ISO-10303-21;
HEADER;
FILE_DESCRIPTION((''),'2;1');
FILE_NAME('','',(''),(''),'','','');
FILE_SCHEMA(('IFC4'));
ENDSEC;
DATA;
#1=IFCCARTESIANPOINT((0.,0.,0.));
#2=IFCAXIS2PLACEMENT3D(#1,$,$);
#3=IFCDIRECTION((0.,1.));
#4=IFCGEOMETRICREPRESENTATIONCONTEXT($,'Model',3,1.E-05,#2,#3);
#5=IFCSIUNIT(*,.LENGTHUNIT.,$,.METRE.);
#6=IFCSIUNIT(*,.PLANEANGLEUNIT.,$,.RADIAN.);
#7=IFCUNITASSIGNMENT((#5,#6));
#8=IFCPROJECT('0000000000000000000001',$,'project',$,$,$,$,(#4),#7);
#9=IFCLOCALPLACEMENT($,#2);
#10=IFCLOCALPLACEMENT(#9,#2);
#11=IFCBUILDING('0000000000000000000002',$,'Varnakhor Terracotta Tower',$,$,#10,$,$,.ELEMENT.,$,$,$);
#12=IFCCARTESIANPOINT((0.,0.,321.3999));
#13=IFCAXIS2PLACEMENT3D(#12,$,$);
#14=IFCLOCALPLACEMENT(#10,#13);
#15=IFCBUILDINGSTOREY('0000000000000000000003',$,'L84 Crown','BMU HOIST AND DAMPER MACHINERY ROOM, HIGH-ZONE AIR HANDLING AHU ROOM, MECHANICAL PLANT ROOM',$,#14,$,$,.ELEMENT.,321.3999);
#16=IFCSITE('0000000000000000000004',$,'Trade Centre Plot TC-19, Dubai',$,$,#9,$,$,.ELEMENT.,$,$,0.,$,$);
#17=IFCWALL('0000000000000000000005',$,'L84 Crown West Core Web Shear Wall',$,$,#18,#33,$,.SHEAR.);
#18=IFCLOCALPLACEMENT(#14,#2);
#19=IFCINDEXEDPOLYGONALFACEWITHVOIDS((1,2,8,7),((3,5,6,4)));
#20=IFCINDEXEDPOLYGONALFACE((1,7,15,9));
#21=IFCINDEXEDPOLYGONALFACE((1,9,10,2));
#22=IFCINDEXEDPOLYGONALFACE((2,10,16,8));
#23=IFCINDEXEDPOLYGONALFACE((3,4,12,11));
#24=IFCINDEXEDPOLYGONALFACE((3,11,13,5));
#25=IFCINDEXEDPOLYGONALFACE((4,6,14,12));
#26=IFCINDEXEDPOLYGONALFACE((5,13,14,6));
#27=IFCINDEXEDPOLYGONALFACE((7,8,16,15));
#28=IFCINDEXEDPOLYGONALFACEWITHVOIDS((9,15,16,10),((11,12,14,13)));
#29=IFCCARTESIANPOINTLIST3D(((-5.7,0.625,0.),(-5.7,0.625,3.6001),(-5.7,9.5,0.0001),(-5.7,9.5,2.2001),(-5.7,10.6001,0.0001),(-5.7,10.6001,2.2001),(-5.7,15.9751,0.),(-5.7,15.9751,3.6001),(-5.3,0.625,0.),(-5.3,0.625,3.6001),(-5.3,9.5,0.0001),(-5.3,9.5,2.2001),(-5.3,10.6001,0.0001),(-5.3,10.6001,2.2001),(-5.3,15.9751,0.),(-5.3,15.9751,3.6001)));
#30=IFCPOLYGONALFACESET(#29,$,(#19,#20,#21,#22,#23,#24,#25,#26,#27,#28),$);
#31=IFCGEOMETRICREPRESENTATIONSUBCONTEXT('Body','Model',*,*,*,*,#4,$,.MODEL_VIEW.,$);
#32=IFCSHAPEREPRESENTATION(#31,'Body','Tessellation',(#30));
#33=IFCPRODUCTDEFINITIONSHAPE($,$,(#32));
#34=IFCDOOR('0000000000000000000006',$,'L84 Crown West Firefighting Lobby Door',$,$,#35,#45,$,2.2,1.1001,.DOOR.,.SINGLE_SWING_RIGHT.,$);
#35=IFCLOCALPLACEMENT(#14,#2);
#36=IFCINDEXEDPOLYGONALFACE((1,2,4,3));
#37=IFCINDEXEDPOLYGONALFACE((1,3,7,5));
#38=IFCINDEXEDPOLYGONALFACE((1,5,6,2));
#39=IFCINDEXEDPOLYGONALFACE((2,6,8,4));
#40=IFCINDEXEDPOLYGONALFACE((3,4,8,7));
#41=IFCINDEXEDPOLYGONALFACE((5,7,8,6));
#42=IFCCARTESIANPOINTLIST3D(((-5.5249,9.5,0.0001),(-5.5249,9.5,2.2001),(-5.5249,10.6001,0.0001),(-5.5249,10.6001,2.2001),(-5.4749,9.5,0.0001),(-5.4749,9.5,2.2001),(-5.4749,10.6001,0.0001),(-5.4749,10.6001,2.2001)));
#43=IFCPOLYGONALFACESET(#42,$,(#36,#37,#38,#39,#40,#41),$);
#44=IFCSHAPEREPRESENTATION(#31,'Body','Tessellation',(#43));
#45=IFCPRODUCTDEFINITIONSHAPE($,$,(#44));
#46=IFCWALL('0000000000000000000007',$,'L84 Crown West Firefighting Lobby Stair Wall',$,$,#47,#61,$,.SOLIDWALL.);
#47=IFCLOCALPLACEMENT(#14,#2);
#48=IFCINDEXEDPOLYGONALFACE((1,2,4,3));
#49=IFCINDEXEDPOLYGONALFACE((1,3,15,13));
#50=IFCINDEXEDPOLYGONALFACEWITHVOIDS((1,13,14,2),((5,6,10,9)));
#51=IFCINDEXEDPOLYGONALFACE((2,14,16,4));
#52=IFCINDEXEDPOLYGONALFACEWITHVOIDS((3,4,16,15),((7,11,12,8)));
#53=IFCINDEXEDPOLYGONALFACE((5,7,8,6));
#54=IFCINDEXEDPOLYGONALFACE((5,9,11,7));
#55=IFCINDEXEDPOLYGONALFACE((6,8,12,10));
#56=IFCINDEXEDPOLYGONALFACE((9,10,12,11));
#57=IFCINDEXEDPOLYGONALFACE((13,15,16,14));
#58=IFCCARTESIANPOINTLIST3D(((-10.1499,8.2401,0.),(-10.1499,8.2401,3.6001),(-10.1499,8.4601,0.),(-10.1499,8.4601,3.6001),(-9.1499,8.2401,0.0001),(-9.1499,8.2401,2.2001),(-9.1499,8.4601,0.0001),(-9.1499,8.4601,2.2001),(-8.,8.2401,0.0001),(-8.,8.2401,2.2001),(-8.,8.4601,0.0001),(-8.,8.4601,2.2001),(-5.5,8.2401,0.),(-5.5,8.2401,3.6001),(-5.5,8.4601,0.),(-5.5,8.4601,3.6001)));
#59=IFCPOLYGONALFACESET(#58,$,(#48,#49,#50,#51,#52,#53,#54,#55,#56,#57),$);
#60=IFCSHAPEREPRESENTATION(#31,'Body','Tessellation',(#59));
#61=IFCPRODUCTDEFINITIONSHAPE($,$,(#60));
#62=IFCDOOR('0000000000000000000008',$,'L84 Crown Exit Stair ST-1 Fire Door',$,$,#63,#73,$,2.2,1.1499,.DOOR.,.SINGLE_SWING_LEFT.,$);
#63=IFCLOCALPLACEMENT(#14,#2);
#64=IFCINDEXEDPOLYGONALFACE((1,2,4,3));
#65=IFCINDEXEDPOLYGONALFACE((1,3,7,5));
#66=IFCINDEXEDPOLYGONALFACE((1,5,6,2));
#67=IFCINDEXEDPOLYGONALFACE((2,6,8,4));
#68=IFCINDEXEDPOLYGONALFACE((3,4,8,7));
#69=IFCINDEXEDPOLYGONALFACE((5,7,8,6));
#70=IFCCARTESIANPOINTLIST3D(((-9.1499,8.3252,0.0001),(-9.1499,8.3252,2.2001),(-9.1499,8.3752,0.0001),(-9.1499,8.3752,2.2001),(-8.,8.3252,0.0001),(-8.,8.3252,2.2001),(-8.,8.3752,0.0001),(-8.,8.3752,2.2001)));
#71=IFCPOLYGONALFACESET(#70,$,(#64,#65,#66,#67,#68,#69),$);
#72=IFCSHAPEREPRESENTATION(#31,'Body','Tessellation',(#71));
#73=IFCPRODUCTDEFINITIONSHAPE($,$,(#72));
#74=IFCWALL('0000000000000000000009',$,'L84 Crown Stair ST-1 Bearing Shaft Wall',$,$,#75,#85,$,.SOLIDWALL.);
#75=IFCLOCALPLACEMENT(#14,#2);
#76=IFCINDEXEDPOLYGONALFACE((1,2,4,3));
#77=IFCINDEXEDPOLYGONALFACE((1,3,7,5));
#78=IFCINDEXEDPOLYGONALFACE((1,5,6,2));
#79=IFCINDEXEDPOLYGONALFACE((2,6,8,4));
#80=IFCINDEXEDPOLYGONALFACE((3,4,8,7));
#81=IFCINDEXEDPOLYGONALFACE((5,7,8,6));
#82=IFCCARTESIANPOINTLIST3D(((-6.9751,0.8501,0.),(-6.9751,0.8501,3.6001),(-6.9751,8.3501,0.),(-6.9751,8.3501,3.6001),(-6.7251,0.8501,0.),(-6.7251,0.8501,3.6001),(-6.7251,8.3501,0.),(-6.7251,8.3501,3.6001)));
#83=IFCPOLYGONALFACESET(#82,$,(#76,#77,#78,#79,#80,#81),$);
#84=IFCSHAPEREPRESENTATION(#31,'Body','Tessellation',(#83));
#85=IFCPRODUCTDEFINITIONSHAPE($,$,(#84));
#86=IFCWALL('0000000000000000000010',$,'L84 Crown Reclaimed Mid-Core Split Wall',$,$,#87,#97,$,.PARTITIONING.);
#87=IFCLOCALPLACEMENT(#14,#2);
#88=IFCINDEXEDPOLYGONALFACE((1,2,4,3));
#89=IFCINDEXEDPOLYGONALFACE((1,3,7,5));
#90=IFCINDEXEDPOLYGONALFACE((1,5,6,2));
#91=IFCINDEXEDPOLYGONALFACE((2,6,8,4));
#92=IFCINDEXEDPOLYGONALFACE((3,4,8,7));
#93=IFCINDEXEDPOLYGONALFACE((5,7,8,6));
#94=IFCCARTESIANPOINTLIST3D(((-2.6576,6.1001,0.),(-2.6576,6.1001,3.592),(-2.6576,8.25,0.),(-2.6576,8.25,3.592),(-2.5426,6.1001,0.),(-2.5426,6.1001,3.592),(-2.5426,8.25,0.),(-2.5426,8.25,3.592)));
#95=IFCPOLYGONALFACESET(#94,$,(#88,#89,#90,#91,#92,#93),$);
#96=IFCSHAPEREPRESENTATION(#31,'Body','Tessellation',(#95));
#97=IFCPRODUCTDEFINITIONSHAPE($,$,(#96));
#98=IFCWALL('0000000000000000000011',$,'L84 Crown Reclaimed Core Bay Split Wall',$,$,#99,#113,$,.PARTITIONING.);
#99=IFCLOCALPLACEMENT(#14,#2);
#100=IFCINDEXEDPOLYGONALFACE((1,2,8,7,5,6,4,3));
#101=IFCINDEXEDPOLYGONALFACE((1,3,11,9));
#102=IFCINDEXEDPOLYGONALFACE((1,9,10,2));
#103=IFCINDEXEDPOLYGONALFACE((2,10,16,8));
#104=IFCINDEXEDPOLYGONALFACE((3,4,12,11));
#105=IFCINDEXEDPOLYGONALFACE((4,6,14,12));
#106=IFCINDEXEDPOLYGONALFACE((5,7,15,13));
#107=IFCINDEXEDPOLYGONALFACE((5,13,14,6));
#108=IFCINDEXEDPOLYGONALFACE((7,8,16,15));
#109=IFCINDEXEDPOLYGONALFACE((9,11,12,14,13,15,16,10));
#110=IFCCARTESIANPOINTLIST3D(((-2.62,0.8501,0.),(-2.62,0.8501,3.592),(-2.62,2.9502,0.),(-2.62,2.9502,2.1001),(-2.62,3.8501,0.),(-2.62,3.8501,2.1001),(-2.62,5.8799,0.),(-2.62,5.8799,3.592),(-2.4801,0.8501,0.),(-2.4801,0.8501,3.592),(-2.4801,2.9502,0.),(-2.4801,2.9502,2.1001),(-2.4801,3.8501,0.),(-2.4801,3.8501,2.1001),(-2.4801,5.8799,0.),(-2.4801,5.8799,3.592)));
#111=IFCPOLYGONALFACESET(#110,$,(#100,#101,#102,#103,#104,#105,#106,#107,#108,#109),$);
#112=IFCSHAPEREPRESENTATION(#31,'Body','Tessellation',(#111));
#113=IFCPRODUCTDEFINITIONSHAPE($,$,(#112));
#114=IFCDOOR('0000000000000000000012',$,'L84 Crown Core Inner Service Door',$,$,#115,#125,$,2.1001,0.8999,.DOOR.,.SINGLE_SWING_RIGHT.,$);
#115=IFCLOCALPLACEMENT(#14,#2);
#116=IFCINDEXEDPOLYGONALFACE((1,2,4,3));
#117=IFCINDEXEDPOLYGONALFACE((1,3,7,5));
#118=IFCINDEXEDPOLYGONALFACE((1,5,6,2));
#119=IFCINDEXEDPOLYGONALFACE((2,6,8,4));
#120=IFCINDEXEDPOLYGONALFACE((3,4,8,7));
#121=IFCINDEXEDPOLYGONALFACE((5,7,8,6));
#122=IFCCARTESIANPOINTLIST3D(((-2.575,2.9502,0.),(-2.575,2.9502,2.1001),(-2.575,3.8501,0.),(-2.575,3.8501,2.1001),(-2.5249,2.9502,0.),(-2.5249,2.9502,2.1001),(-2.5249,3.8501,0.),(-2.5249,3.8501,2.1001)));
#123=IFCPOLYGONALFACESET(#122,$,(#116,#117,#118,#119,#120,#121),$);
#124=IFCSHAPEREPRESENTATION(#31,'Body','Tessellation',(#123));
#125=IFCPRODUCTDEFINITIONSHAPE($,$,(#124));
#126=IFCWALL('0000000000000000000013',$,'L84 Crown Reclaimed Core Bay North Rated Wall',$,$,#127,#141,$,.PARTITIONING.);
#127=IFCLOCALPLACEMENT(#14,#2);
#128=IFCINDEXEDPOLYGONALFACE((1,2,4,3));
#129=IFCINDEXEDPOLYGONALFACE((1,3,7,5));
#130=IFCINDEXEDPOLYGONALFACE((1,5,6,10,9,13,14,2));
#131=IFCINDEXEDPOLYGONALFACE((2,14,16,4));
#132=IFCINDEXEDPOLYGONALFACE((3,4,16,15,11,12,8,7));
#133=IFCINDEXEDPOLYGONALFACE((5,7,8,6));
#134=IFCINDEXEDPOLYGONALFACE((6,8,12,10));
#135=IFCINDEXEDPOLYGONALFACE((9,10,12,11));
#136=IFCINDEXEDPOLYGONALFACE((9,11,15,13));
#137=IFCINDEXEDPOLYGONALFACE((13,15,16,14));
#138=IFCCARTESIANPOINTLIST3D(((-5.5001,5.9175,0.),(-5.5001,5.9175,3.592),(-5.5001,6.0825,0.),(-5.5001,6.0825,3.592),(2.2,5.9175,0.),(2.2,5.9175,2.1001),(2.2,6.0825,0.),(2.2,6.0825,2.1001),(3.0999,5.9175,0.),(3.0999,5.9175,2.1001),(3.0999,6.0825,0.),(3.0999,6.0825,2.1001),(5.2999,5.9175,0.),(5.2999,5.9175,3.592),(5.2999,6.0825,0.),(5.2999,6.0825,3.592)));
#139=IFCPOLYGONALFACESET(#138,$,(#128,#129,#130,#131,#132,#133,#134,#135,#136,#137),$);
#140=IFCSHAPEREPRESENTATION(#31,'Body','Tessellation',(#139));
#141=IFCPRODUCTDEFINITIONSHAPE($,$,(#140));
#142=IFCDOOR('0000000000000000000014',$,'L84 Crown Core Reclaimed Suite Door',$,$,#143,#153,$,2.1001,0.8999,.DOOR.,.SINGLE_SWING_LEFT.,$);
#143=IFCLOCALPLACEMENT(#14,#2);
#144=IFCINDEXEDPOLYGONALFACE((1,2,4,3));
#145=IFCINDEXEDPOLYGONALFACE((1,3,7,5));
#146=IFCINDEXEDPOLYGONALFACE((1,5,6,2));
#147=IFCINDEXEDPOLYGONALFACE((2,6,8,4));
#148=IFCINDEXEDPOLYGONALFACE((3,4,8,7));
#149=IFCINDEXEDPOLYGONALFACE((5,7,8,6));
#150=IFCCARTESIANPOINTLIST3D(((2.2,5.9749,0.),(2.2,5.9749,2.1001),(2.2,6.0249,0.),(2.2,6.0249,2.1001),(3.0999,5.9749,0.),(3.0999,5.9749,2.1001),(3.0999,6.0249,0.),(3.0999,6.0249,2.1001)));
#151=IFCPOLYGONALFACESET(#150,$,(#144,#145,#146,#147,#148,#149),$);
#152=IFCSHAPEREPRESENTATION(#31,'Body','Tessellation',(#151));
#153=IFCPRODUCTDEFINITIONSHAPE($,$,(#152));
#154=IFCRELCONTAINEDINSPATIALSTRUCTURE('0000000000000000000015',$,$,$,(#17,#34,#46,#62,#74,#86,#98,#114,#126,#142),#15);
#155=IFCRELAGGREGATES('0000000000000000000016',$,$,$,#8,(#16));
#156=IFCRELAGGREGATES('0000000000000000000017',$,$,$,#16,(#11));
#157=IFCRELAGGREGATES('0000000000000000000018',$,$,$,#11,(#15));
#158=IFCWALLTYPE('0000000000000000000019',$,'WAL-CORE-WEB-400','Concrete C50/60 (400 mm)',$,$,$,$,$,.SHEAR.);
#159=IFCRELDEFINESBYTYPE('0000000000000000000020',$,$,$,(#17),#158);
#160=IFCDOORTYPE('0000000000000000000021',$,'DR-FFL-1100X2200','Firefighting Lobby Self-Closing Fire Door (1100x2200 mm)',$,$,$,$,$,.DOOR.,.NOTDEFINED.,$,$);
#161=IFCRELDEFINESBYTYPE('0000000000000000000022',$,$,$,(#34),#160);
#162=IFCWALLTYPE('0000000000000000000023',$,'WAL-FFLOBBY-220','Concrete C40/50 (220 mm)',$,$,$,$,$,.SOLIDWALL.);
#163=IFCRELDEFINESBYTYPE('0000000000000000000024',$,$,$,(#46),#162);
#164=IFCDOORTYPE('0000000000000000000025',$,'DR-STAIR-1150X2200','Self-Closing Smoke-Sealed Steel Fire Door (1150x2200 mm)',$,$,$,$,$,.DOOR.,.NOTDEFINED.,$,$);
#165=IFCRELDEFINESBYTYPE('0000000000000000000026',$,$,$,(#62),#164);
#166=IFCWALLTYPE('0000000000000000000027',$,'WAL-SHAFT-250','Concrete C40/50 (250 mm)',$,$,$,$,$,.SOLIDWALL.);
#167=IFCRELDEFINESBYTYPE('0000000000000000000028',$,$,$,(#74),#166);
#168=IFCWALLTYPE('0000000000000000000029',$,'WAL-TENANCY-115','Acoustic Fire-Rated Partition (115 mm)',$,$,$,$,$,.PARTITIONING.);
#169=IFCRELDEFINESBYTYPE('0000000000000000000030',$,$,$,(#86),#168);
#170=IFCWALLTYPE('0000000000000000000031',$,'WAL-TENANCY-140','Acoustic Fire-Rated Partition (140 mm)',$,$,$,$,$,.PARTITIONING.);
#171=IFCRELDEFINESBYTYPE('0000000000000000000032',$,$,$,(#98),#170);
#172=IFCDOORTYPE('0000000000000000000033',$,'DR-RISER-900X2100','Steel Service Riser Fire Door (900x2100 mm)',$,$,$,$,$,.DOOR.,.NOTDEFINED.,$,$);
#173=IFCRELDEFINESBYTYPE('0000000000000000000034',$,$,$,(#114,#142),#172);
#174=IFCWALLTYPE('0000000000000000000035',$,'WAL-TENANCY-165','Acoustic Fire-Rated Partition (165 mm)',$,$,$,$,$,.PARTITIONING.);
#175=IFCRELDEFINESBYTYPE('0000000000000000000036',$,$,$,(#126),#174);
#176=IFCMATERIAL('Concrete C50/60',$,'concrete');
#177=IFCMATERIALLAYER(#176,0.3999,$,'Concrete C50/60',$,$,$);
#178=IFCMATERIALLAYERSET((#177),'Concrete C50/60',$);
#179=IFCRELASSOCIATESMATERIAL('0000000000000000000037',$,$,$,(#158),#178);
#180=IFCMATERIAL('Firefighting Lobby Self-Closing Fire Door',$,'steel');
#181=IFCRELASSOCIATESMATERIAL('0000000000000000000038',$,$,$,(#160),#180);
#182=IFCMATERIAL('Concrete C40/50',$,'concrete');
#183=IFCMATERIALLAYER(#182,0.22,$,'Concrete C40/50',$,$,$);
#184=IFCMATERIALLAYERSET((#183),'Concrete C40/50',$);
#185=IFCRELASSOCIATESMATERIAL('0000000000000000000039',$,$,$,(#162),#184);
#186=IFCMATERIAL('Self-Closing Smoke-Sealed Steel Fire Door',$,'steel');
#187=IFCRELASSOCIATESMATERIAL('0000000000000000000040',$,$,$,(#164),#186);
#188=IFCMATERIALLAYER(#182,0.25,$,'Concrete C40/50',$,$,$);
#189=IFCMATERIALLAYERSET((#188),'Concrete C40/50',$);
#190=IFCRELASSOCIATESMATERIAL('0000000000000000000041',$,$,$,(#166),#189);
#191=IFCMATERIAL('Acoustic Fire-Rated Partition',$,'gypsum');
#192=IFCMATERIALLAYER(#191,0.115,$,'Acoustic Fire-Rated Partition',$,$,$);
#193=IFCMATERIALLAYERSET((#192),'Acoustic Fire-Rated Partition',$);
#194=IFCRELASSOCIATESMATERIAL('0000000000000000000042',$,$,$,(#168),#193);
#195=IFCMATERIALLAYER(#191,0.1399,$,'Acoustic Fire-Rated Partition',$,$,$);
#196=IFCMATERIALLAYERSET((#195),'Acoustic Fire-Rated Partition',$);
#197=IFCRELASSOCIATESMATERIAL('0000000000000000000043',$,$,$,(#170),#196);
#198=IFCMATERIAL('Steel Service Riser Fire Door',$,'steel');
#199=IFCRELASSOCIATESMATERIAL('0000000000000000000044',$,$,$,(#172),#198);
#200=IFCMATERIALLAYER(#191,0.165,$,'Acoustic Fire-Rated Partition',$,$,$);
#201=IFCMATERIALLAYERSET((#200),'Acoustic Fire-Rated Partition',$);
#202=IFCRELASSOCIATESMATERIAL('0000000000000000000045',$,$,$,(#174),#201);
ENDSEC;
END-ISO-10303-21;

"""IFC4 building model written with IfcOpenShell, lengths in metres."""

from ifc_helpers import new_model, si_unit, direction, frame, frame_2d, origin, place, context, subcontext, project, spatial, rectangle, extrude, source, transform, mapped, material, layer, layer_set, type_object, type_shapes, element, fill, save


model = new_model("IFC4")

# Units and contexts
model_context = context("Model", 3, precision=1e-05, world=origin(), true_north=direction((0.0, 1.0)))
body_context = subcontext(model_context, "Body", "Model", "MODEL_VIEW")
ifc_project = project(units=[si_unit("LENGTHUNIT", "METRE"), si_unit("PLANEANGLEUNIT", "RADIAN")], contexts=[model_context])

# Site, building, storey
site_placement = place(None, origin())
site = spatial("IfcSite", under=ifc_project, at=site_placement, Name="Trade Centre Plot TC-19, Dubai", CompositionType="ELEMENT", RefElevation=0.0)
building_placement = place(site_placement, origin())
building = spatial("IfcBuilding", under=site, at=building_placement, Name="Varnakhor Terracotta Tower", CompositionType="ELEMENT")
storey_placement = place(building_placement, frame((0.0, 0.0, 321.3999)))
storey = spatial("IfcBuildingStorey", under=building, at=storey_placement, Name="L84 Crown", Description="BMU HOIST AND DAMPER MACHINERY ROOM, HIGH-ZONE AIR HANDLING AHU ROOM, MECHANICAL PLANT ROOM", CompositionType="ELEMENT", Elevation=321.3999)

# Shared definitions
ifc_material_1 = material(Name="Concrete C50/60", Category="concrete")

# Walls, openings, doors
ifc_layer_1 = layer(ifc_material_1, 0.3999, Name="Concrete C50/60")
ifc_layer_set_1 = layer_set([ifc_layer_1], Name="Concrete C50/60")
wall_type_1 = type_object("IfcWallType", Name="WAL-CORE-WEB-400", Description="Concrete C50/60 (400 mm)", PredefinedType="SHEAR", material=ifc_layer_set_1)
wall_1_placement = place(storey_placement, frame((-5.5, 0.625, 0.0), z_axis=(0.0, 0.0, 1.0), x_axis=(0.0, 1.0, 0.0)))
wall_1 = element("IfcWall", 1, at=wall_1_placement, inside=storey, type_object=wall_type_1, Name="L84 Crown West Core Web Shear Wall", PredefinedType="SHEAR", context=body_context, shape_type="SweptSolid", body=[
    extrude(rectangle(XDim=15.3501, YDim=0.3999, at=frame_2d((7.675, 0.0))), origin(), (0.0, 0.0, 1.0), 3.6001),
])
opening_1_placement = place(wall_1_placement, frame((8.875, 0.0, 0.0)))
opening_1 = element("IfcOpeningElement", 2, at=opening_1_placement, cuts=wall_1, PredefinedType="OPENING", context=body_context, shape_type="SweptSolid", body=[
    extrude(rectangle(XDim=1.1001, YDim=2.2, at=frame_2d((0.55, 1.1001))), frame((0.0, 0.21, 0.0), z_axis=(0.0, -1.0, 0.0), x_axis=(1.0, 0.0, 0.0)), (0.0, 0.0, 1.0), 0.4199),
])
ifc_material_2 = material(Name="Firefighting Lobby Self-Closing Fire Door", Category="steel")
door_type_1 = type_object("IfcDoorType", Name="DR-FFL-1100X2200", Description="Firefighting Lobby Self-Closing Fire Door (1100x2200 mm)", OperationType="NOTDEFINED", PredefinedType="DOOR", material=ifc_material_2)
shared_shape_1 = source(origin(), body_context, "Body", "SweptSolid", [
    extrude(rectangle(XDim=1.1001, YDim=2.2, at=frame_2d((0.55, 1.1001))), frame((0.0, 0.0249, 0.0), z_axis=(0.0, -1.0, 0.0), x_axis=(1.0, 0.0, 0.0)), (0.0, 0.0, 1.0), 0.05),
])
type_shapes(door_type_1, [shared_shape_1])
door_1_placement = place(opening_1_placement, origin())
door_1 = element("IfcDoor", 3, at=door_1_placement, inside=storey, type_object=door_type_1, Name="L84 Crown West Firefighting Lobby Door", OperationType="SINGLE_SWING_RIGHT", OverallHeight=2.2, OverallWidth=1.1001, PredefinedType="DOOR", context=body_context, shape_type="MappedRepresentation", body=[
    mapped(shared_shape_1, transform((0.0, 0.0, 0.0), scale=1.0)),
])
fill(opening_1, door_1)
ifc_material_3 = material(Name="Concrete C40/50", Category="concrete")
ifc_layer_2 = layer(ifc_material_3, 0.22, Name="Concrete C40/50")
ifc_layer_set_2 = layer_set([ifc_layer_2], Name="Concrete C40/50")
wall_type_2 = type_object("IfcWallType", Name="WAL-FFLOBBY-220", Description="Concrete C40/50 (220 mm)", PredefinedType="SOLIDWALL", material=ifc_layer_set_2)
wall_2_placement = place(storey_placement, frame((-5.5, 8.3501, 0.0), z_axis=(0.0, 0.0, 1.0), x_axis=(-1.0, 0.0, 0.0)))
wall_2 = element("IfcWall", 4, at=wall_2_placement, inside=storey, type_object=wall_type_2, Name="L84 Crown West Firefighting Lobby Stair Wall", PredefinedType="SOLIDWALL", context=body_context, shape_type="SweptSolid", body=[
    extrude(rectangle(XDim=4.6499, YDim=0.22, at=frame_2d((2.325, 0.0))), origin(), (0.0, 0.0, 1.0), 3.6001),
])
opening_2_placement = place(wall_2_placement, frame((2.5, 0.0, 0.0)))
opening_2 = element("IfcOpeningElement", 5, at=opening_2_placement, cuts=wall_2, PredefinedType="OPENING", context=body_context, shape_type="SweptSolid", body=[
    extrude(rectangle(XDim=1.1499, YDim=2.2, at=frame_2d((0.575, 1.1001))), frame((0.0, 0.1201, 0.0), z_axis=(0.0, -1.0, 0.0), x_axis=(1.0, 0.0, 0.0)), (0.0, 0.0, 1.0), 0.24),
])
ifc_material_4 = material(Name="Self-Closing Smoke-Sealed Steel Fire Door", Category="steel")
door_type_2 = type_object("IfcDoorType", Name="DR-STAIR-1150X2200", Description="Self-Closing Smoke-Sealed Steel Fire Door (1150x2200 mm)", OperationType="NOTDEFINED", PredefinedType="DOOR", material=ifc_material_4)
shared_shape_2 = source(origin(), body_context, "Body", "SweptSolid", [
    extrude(rectangle(XDim=1.1499, YDim=2.2, at=frame_2d((0.575, 1.1001))), frame((0.0, 0.0249, 0.0), z_axis=(0.0, -1.0, 0.0), x_axis=(1.0, 0.0, 0.0)), (0.0, 0.0, 1.0), 0.05),
])
type_shapes(door_type_2, [shared_shape_2])
door_2_placement = place(opening_2_placement, origin())
door_2 = element("IfcDoor", 6, at=door_2_placement, inside=storey, type_object=door_type_2, Name="L84 Crown Exit Stair ST-1 Fire Door", OperationType="SINGLE_SWING_LEFT", OverallHeight=2.2, OverallWidth=1.1499, PredefinedType="DOOR", context=body_context, shape_type="MappedRepresentation", body=[
    mapped(shared_shape_2, transform((0.0, 0.0, 0.0), scale=1.0)),
])
fill(opening_2, door_2)

# Walls
ifc_layer_3 = layer(ifc_material_3, 0.25, Name="Concrete C40/50")
ifc_layer_set_3 = layer_set([ifc_layer_3], Name="Concrete C40/50")
wall_type_3 = type_object("IfcWallType", Name="WAL-SHAFT-250", Description="Concrete C40/50 (250 mm)", PredefinedType="SOLIDWALL", material=ifc_layer_set_3)
wall_3_placement = place(storey_placement, frame((-6.8501, 0.8501, 0.0), z_axis=(0.0, 0.0, 1.0), x_axis=(0.0, 1.0, 0.0)))
element("IfcWall", 7, at=wall_3_placement, inside=storey, type_object=wall_type_3, Name="L84 Crown Stair ST-1 Bearing Shaft Wall", PredefinedType="SOLIDWALL", context=body_context, shape_type="SweptSolid", body=[
    extrude(rectangle(XDim=7.5, YDim=0.25, at=frame_2d((3.75, 0.0))), origin(), (0.0, 0.0, 1.0), 3.6001),
])
ifc_material_5 = material(Name="Acoustic Fire-Rated Partition", Category="gypsum")
ifc_layer_4 = layer(ifc_material_5, 0.115, Name="Acoustic Fire-Rated Partition")
ifc_layer_set_4 = layer_set([ifc_layer_4], Name="Acoustic Fire-Rated Partition")
wall_type_4 = type_object("IfcWallType", Name="WAL-TENANCY-115", Description="Acoustic Fire-Rated Partition (115 mm)", PredefinedType="PARTITIONING", material=ifc_layer_set_4)
wall_4_placement = place(storey_placement, frame((-2.6001, 6.1001, 0.0), z_axis=(0.0, 0.0, 1.0), x_axis=(0.0, 1.0, 0.0)))
element("IfcWall", 8, at=wall_4_placement, inside=storey, type_object=wall_type_4, Name="L84 Crown Reclaimed Mid-Core Split Wall", PredefinedType="PARTITIONING", context=body_context, shape_type="SweptSolid", body=[
    extrude(rectangle(XDim=2.1499, YDim=0.115, at=frame_2d((1.075, 0.0))), origin(), (0.0, 0.0, 1.0), 3.592),
])

# Walls, openings, doors
ifc_layer_5 = layer(ifc_material_5, 0.1399, Name="Acoustic Fire-Rated Partition")
ifc_layer_set_5 = layer_set([ifc_layer_5], Name="Acoustic Fire-Rated Partition")
wall_type_5 = type_object("IfcWallType", Name="WAL-TENANCY-140", Description="Acoustic Fire-Rated Partition (140 mm)", PredefinedType="PARTITIONING", material=ifc_layer_set_5)
wall_5_placement = place(storey_placement, frame((-2.55, 0.8501, 0.0), z_axis=(0.0, 0.0, 1.0), x_axis=(0.0, 1.0, 0.0)))
wall_5 = element("IfcWall", 9, at=wall_5_placement, inside=storey, type_object=wall_type_5, Name="L84 Crown Reclaimed Core Bay Split Wall", PredefinedType="PARTITIONING", context=body_context, shape_type="SweptSolid", body=[
    extrude(rectangle(XDim=5.0298, YDim=0.1399, at=frame_2d((2.5149, 0.0))), origin(), (0.0, 0.0, 1.0), 3.592),
])
opening_3_placement = place(wall_5_placement, frame((2.1001, 0.0, 0.0)))
opening_3 = element("IfcOpeningElement", 10, at=opening_3_placement, cuts=wall_5, PredefinedType="OPENING", context=body_context, shape_type="SweptSolid", body=[
    extrude(rectangle(XDim=0.8999, YDim=2.1001, at=frame_2d((0.45, 1.05))), frame((0.0, 0.0801, 0.0), z_axis=(0.0, -1.0, 0.0), x_axis=(1.0, 0.0, 0.0)), (0.0, 0.0, 1.0), 0.1599),
])
ifc_material_6 = material(Name="Steel Service Riser Fire Door", Category="steel")
door_type_3 = type_object("IfcDoorType", Name="DR-RISER-900X2100", Description="Steel Service Riser Fire Door (900x2100 mm)", OperationType="NOTDEFINED", PredefinedType="DOOR", material=ifc_material_6)
shared_shape_3 = source(origin(), body_context, "Body", "SweptSolid", [
    extrude(rectangle(XDim=0.8999, YDim=2.1001, at=frame_2d((0.45, 1.05))), frame((0.0, 0.0249, 0.0), z_axis=(0.0, -1.0, 0.0), x_axis=(1.0, 0.0, 0.0)), (0.0, 0.0, 1.0), 0.05),
])
type_shapes(door_type_3, [shared_shape_3])
door_3_placement = place(opening_3_placement, origin())
door_3 = element("IfcDoor", 11, at=door_3_placement, inside=storey, type_object=door_type_3, Name="L84 Crown Core Inner Service Door", OperationType="SINGLE_SWING_RIGHT", OverallHeight=2.1001, OverallWidth=0.8999, PredefinedType="DOOR", context=body_context, shape_type="MappedRepresentation", body=[
    mapped(shared_shape_3, transform((0.0, 0.0, 0.0), scale=1.0)),
])
fill(opening_3, door_3)
ifc_layer_6 = layer(ifc_material_5, 0.165, Name="Acoustic Fire-Rated Partition")
ifc_layer_set_6 = layer_set([ifc_layer_6], Name="Acoustic Fire-Rated Partition")
wall_type_6 = type_object("IfcWallType", Name="WAL-TENANCY-165", Description="Acoustic Fire-Rated Partition (165 mm)", PredefinedType="PARTITIONING", material=ifc_layer_set_6)
wall_6_placement = place(storey_placement, frame((-5.5, 6.0, 0.0), z_axis=(0.0, 0.0, 1.0), x_axis=(1.0, 0.0, 0.0)))
wall_6 = element("IfcWall", 12, at=wall_6_placement, inside=storey, type_object=wall_type_6, Name="L84 Crown Reclaimed Core Bay North Rated Wall", PredefinedType="PARTITIONING", context=body_context, shape_type="SweptSolid", body=[
    extrude(rectangle(XDim=10.8, YDim=0.165, at=frame_2d((5.3999, 0.0))), origin(), (0.0, 0.0, 1.0), 3.592),
])
opening_4_placement = place(wall_6_placement, frame((7.7, 0.0, 0.0)))
opening_4 = element("IfcOpeningElement", 13, at=opening_4_placement, cuts=wall_6, PredefinedType="OPENING", context=body_context, shape_type="SweptSolid", body=[
    extrude(rectangle(XDim=0.8999, YDim=2.1001, at=frame_2d((0.45, 1.05))), frame((0.0, 0.0925, 0.0), z_axis=(0.0, -1.0, 0.0), x_axis=(1.0, 0.0, 0.0)), (0.0, 0.0, 1.0), 0.1851),
])
door_4_placement = place(opening_4_placement, origin())
door_4 = element("IfcDoor", 14, at=door_4_placement, inside=storey, type_object=door_type_3, Name="L84 Crown Core Reclaimed Suite Door", OperationType="SINGLE_SWING_LEFT", OverallHeight=2.1001, OverallWidth=0.8999, PredefinedType="DOOR", context=body_context, shape_type="MappedRepresentation", body=[
    mapped(shared_shape_3, transform((0.0, 0.0, 0.0), scale=1.0)),
])
fill(opening_4, door_4)

save(model, "model.ifc")
